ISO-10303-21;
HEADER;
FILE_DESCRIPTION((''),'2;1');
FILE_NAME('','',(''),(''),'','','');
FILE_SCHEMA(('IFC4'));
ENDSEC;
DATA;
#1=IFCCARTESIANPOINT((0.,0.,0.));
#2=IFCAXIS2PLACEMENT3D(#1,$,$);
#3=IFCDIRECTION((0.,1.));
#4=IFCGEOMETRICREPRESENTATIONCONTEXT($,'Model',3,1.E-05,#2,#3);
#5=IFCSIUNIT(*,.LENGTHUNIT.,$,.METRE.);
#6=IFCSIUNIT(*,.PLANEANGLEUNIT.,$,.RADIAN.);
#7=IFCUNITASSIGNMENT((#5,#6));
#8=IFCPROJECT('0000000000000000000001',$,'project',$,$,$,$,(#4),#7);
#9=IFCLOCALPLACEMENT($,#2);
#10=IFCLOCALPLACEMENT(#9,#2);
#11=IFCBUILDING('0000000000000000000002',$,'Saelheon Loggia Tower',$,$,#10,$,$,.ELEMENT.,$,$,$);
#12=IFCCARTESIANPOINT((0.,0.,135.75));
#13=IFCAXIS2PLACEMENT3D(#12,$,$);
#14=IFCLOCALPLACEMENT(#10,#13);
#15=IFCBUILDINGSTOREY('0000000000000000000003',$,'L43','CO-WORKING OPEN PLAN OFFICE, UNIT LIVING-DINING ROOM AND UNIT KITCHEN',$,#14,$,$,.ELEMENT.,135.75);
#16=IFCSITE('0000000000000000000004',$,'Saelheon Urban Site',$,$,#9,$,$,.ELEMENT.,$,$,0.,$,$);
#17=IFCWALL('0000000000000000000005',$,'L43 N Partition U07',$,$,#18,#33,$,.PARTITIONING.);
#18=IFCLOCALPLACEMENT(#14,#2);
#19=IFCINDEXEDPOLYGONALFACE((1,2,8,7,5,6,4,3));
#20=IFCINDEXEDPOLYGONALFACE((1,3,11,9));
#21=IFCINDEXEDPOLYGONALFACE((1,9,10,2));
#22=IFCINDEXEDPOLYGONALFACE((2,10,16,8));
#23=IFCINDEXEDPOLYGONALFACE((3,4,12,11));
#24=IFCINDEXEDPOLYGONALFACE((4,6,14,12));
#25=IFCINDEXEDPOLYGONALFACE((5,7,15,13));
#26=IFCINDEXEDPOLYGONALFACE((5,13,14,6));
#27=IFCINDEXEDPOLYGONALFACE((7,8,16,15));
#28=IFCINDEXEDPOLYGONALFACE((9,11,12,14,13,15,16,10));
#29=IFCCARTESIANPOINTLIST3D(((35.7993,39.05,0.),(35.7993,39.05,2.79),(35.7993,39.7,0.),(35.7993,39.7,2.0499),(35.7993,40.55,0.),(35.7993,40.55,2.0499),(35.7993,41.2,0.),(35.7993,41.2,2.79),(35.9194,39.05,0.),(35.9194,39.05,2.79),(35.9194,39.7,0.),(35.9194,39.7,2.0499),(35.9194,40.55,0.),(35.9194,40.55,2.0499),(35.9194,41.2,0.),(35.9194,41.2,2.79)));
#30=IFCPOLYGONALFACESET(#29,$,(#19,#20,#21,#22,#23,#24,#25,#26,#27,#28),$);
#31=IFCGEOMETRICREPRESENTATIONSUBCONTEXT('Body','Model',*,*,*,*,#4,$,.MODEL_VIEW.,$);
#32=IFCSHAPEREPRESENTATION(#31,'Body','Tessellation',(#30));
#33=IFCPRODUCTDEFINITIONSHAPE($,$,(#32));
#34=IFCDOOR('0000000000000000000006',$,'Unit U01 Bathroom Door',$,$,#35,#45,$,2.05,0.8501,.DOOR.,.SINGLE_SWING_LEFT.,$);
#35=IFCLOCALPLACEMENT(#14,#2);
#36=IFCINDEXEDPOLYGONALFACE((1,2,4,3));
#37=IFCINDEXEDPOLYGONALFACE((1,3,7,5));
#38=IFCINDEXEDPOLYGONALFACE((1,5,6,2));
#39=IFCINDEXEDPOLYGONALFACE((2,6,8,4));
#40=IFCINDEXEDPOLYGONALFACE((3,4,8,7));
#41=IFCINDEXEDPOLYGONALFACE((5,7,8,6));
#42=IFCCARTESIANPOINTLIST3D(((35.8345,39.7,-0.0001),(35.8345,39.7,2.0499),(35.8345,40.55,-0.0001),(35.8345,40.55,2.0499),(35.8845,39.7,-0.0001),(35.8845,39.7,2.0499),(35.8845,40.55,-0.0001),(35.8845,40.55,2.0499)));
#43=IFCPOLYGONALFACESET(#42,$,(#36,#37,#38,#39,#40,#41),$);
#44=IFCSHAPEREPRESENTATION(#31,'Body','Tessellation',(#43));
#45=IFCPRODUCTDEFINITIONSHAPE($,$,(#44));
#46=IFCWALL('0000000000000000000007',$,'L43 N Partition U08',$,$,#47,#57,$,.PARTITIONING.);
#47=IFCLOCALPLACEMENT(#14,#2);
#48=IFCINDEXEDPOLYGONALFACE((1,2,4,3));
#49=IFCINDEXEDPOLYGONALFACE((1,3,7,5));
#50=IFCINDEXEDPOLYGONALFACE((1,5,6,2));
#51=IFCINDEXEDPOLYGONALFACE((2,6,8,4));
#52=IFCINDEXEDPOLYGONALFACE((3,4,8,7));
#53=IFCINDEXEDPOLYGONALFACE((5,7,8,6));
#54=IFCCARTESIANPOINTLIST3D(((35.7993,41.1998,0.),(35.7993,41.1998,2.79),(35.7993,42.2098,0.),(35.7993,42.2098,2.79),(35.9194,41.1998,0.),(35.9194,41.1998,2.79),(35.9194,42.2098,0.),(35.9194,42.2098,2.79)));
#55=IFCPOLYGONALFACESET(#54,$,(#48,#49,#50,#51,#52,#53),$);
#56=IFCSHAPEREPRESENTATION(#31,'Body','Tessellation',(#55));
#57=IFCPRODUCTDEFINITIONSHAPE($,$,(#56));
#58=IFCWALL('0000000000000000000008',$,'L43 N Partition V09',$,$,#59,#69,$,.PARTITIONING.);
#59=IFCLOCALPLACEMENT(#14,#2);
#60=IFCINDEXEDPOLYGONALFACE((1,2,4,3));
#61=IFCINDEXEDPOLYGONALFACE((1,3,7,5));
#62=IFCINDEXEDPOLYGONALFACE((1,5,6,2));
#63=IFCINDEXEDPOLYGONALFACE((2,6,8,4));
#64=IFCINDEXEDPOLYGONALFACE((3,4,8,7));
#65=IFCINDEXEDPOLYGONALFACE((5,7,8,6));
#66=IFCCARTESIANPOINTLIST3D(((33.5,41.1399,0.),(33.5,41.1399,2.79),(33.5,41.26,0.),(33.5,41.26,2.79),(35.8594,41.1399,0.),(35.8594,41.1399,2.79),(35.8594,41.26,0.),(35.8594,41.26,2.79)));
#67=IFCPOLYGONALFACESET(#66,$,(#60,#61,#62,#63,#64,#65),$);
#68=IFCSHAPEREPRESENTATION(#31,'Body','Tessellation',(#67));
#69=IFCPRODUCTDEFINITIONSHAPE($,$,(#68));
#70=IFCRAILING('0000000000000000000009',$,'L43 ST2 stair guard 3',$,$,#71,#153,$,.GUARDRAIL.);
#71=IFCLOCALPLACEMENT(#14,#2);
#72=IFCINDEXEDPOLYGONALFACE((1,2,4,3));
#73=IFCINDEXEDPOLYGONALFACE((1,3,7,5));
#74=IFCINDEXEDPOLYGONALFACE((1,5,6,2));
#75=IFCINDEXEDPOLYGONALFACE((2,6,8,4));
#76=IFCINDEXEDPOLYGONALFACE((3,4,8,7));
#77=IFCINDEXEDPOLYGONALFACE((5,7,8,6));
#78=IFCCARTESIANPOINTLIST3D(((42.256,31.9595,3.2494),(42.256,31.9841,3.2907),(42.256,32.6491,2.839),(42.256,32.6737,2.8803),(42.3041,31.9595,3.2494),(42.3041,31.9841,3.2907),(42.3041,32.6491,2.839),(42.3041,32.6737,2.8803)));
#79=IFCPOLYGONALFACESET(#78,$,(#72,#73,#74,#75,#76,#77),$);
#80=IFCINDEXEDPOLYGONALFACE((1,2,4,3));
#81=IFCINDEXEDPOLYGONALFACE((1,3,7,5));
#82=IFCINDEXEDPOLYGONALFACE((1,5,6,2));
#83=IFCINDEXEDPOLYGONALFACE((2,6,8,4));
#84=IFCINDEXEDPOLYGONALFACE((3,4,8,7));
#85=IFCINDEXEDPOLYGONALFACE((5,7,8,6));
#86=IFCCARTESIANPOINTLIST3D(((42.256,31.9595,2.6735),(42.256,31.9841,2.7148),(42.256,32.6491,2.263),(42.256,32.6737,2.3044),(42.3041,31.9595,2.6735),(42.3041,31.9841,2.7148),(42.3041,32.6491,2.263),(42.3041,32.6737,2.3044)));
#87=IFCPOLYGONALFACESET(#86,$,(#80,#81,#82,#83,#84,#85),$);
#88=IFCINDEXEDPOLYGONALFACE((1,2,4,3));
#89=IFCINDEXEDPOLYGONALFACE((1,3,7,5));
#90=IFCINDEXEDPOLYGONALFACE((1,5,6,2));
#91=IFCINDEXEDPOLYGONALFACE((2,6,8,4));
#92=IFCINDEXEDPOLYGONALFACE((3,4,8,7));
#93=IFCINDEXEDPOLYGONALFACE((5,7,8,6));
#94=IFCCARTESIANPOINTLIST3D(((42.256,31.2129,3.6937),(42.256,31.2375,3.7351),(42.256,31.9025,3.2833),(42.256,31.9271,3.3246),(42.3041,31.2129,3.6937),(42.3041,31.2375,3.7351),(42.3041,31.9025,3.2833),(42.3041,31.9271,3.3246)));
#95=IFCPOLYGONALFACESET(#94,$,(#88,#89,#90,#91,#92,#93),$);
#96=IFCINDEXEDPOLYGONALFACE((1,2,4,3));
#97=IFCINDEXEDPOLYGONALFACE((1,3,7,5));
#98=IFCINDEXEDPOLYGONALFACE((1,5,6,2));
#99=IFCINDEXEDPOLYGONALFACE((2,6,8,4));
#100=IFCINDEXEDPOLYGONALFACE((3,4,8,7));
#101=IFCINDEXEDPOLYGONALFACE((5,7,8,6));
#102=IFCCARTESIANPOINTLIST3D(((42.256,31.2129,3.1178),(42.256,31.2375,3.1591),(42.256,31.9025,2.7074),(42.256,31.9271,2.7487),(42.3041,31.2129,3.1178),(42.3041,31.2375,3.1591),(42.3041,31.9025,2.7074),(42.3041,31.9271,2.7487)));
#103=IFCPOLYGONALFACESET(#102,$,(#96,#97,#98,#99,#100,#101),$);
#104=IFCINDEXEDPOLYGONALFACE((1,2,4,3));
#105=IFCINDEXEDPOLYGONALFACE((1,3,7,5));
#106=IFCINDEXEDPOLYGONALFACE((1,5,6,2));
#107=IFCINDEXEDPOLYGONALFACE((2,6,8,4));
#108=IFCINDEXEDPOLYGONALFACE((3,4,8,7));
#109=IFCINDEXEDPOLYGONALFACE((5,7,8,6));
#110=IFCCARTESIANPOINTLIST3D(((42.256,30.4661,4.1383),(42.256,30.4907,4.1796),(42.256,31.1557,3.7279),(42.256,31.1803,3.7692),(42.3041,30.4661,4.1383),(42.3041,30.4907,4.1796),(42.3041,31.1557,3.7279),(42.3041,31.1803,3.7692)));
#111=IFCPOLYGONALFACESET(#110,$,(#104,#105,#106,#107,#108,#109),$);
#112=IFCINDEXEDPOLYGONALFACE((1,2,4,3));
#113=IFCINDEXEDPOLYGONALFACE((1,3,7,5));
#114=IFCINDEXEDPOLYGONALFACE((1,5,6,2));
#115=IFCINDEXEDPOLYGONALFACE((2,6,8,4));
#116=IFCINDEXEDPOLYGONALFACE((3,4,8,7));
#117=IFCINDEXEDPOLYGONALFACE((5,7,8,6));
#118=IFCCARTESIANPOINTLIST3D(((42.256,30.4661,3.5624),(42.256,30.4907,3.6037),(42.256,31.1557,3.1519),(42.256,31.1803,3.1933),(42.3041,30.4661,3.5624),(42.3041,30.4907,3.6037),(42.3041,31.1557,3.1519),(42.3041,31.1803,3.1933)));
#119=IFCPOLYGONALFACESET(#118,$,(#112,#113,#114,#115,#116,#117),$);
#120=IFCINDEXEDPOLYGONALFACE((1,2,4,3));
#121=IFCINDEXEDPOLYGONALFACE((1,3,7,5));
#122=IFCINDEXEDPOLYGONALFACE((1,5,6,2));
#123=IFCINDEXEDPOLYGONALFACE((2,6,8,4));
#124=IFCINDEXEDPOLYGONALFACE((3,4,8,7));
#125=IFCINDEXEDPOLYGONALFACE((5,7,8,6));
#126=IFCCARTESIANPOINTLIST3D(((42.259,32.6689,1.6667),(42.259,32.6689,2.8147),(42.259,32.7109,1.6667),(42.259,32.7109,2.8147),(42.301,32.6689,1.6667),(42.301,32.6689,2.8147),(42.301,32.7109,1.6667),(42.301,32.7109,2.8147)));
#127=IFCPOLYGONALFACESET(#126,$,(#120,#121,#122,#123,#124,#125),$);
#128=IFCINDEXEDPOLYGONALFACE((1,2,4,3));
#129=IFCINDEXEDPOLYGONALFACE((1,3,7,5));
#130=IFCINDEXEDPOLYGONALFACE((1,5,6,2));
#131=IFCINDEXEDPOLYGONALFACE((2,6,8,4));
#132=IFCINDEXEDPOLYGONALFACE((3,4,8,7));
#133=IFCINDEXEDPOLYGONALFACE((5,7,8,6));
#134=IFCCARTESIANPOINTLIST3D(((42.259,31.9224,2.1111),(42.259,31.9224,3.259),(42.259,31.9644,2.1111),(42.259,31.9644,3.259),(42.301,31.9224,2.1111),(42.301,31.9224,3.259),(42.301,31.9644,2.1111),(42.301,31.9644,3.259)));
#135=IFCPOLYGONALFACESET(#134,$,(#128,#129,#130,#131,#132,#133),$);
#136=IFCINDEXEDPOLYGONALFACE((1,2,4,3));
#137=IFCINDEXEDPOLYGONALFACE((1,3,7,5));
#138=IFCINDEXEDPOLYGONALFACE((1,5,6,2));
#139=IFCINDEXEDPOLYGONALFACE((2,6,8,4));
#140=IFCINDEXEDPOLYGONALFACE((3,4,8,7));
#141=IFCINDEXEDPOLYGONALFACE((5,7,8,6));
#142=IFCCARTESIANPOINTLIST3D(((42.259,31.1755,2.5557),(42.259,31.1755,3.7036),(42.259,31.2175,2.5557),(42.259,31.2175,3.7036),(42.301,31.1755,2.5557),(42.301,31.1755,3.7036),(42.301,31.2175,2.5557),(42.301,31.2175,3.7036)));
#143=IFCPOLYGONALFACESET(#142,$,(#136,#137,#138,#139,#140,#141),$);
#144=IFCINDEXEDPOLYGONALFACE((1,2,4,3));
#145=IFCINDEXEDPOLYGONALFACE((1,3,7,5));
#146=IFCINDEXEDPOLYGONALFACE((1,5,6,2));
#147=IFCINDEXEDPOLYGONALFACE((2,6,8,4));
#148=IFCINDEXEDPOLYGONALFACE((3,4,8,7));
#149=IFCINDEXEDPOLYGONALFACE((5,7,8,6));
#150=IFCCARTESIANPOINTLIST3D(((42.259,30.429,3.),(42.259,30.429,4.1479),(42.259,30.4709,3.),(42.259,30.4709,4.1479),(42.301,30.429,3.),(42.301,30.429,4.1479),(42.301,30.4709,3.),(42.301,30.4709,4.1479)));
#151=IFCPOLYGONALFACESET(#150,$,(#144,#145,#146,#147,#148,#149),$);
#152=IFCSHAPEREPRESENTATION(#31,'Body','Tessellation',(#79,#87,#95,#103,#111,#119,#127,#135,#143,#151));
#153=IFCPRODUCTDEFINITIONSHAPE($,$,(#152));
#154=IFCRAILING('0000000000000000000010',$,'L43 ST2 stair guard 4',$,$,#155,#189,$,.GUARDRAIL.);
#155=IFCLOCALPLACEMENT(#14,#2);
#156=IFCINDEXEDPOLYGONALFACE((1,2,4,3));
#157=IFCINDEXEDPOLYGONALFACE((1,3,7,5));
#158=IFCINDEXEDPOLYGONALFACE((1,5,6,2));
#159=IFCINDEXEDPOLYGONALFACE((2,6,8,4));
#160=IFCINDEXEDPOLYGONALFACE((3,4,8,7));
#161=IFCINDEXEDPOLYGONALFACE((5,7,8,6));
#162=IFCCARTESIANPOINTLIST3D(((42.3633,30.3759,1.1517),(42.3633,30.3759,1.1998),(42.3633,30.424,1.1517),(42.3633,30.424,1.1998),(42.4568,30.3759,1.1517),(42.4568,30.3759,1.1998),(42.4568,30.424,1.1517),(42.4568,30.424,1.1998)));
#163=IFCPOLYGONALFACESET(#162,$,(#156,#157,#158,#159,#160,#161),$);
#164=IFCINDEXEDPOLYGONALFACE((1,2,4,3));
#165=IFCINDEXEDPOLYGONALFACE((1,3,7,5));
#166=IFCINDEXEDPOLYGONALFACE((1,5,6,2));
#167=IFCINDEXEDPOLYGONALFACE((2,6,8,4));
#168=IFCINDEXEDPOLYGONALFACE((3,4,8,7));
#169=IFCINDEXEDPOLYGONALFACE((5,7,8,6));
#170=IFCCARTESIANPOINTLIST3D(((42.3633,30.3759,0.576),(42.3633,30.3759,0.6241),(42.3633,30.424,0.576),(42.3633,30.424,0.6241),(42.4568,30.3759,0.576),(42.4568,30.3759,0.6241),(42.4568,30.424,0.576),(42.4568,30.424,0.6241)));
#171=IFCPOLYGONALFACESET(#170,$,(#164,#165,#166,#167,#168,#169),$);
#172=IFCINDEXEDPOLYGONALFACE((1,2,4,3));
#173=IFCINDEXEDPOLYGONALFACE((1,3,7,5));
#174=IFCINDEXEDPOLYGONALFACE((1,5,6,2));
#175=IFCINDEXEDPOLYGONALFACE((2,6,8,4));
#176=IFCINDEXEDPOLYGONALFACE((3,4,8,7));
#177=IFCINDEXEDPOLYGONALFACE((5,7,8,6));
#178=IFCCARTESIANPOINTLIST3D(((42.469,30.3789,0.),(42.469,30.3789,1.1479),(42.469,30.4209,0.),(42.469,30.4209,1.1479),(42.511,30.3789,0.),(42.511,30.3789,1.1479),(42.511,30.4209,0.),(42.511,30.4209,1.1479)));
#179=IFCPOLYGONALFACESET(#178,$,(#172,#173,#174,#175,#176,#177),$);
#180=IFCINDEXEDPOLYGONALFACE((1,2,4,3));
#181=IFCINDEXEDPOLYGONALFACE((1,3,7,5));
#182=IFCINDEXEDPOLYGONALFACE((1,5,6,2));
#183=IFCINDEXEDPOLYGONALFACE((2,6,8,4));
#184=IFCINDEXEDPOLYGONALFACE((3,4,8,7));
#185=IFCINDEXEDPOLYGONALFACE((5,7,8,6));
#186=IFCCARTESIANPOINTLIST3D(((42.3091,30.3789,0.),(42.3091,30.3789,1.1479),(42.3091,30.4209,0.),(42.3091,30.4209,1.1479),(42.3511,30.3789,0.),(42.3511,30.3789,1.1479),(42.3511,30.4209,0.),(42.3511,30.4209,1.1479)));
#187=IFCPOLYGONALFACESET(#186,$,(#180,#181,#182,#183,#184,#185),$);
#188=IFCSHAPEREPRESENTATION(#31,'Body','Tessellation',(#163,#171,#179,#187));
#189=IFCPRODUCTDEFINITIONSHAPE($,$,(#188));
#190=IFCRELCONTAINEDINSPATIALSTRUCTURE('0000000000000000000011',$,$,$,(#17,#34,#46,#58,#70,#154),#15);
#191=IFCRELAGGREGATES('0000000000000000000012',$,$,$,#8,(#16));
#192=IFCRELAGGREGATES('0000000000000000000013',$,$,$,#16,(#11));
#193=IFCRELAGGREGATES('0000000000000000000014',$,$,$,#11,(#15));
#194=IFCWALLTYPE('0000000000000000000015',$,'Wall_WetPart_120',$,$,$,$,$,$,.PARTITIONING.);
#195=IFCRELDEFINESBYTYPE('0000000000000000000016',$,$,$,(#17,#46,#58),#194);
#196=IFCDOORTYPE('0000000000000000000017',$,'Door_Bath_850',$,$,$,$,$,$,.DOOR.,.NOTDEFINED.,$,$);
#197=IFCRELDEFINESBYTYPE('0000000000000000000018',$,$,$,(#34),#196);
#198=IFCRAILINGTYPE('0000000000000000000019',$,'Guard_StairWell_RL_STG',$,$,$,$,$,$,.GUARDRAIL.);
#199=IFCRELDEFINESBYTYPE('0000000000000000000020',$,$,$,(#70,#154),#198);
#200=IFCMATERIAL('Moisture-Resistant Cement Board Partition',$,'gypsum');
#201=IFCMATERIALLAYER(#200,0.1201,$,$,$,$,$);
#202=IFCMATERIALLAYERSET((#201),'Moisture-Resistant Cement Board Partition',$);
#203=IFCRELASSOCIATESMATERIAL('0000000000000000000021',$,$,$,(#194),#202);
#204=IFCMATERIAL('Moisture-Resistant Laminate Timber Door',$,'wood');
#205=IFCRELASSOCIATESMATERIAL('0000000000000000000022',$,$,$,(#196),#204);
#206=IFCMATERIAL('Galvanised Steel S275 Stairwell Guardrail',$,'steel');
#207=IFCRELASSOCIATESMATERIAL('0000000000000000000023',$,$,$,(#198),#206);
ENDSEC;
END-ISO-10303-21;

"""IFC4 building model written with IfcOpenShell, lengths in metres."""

from ifc_helpers import new_model, si_unit, direction, frame, frame_2d, origin, origin_2d, place, context, subcontext, project, spatial, rectangle, extrude, source, transform, mapped, material, layer, layer_set, type_object, element, fill, save


model = new_model("IFC4")

# Units and contexts
model_context = context("Model", 3, precision=1e-05, world=origin(), true_north=direction((0.0, 1.0)))
body_context = subcontext(model_context, "Body", "Model", "MODEL_VIEW")
ifc_project = project(units=[si_unit("LENGTHUNIT", "METRE"), si_unit("PLANEANGLEUNIT", "RADIAN")], contexts=[model_context])

# Site, building, storey
site_placement = place(None, origin())
site = spatial("IfcSite", under=ifc_project, at=site_placement, Name="Saelheon Urban Site", CompositionType="ELEMENT", RefElevation=0.0)
building_placement = place(site_placement, origin())
building = spatial("IfcBuilding", under=site, at=building_placement, Name="Saelheon Loggia Tower", CompositionType="ELEMENT")
storey_placement = place(building_placement, frame((0.0, 0.0, 135.75)))
storey = spatial("IfcBuildingStorey", under=building, at=storey_placement, Name="L43", Description="CO-WORKING OPEN PLAN OFFICE, UNIT LIVING-DINING ROOM AND UNIT KITCHEN", CompositionType="ELEMENT", Elevation=135.75)

# Wall, opening, door
ifc_material_1 = material(Name="Moisture-Resistant Cement Board Partition", Category="gypsum")
ifc_layer_1 = layer(ifc_material_1, 0.1201)
ifc_layer_set_1 = layer_set([ifc_layer_1], Name="Moisture-Resistant Cement Board Partition")
wall_type_1 = type_object("IfcWallType", Name="Wall_WetPart_120", PredefinedType="PARTITIONING", material=ifc_layer_set_1)
wall_1_placement = place(storey_placement, frame((35.8594, 39.05, 0.0), z_axis=(0.0, 0.0, 1.0), x_axis=(0.0, 1.0, 0.0)))
wall_1 = element("IfcWall", 1, at=wall_1_placement, inside=storey, type_object=wall_type_1, Name="L43 N Partition U07", PredefinedType="PARTITIONING", context=body_context, shape_type="SweptSolid", body=[
    extrude(rectangle(XDim=2.1499, YDim=0.1201, at=frame_2d((1.075, 0.0))), origin(), (0.0, 0.0, 1.0), 2.79),
])
opening_1_placement = place(wall_1_placement, frame((0.6499, 0.0, 0.0)))
opening_1 = element("IfcOpeningElement", 2, at=opening_1_placement, cuts=wall_1, PredefinedType="OPENING", context=body_context, shape_type="SweptSolid", body=[
    extrude(rectangle(XDim=0.8501, YDim=2.05, at=frame_2d((0.425, 1.0249))), frame((0.0, 0.072, 0.0), z_axis=(0.0, -1.0, 0.0), x_axis=(1.0, 0.0, 0.0)), (0.0, 0.0, 1.0), 0.144),
])
ifc_material_2 = material(Name="Moisture-Resistant Laminate Timber Door", Category="wood")
door_type_1 = type_object("IfcDoorType", Name="Door_Bath_850", OperationType="NOTDEFINED", PredefinedType="DOOR", material=ifc_material_2)
shared_shape_1 = source(origin(), body_context, "Body", "SweptSolid", [
    extrude(rectangle(XDim=0.8501, YDim=2.05, at=frame_2d((0.425, 1.0249))), frame((0.0, 0.0249, 0.0), z_axis=(0.0, -1.0, 0.0), x_axis=(1.0, 0.0, 0.0)), (0.0, 0.0, 1.0), 0.05),
])
door_1_placement = place(opening_1_placement, origin())
door_1 = element("IfcDoor", 3, at=door_1_placement, inside=storey, type_object=door_type_1, Name="Unit U01 Bathroom Door", OperationType="SINGLE_SWING_LEFT", OverallHeight=2.05, OverallWidth=0.8501, PredefinedType="DOOR", context=body_context, shape_type="MappedRepresentation", body=[
    mapped(shared_shape_1, transform((0.0, 0.0, 0.0), scale=1.0)),
])
fill(opening_1, door_1)

# Walls
wall_2_placement = place(storey_placement, frame((35.8594, 41.2, 0.0), z_axis=(0.0, 0.0, 1.0), x_axis=(0.0, 1.0, 0.0)))
element("IfcWall", 4, at=wall_2_placement, inside=storey, type_object=wall_type_1, Name="L43 N Partition U08", PredefinedType="PARTITIONING", context=body_context, shape_type="SweptSolid", body=[
    extrude(rectangle(XDim=1.01, YDim=0.1201, at=frame_2d((0.5049, 0.0))), origin(), (0.0, 0.0, 1.0), 2.79),
])
wall_3_placement = place(storey_placement, frame((33.5, 41.2, 0.0), z_axis=(0.0, 0.0, 1.0), x_axis=(1.0, 0.0, 0.0)))
element("IfcWall", 5, at=wall_3_placement, inside=storey, type_object=wall_type_1, Name="L43 N Partition V09", PredefinedType="PARTITIONING", context=body_context, shape_type="SweptSolid", body=[
    extrude(rectangle(XDim=2.3594, YDim=0.1201, at=frame_2d((1.1797, 0.0))), origin(), (0.0, 0.0, 1.0), 2.79),
])

# Railings
ifc_material_3 = material(Name="Galvanised Steel S275 Stairwell Guardrail", Category="steel")
railing_type_1 = type_object("IfcRailingType", Name="Guard_StairWell_RL_STG", PredefinedType="GUARDRAIL", material=ifc_material_3)
railing_1_placement = place(storey_placement, frame((42.28, 32.6899, 1.6667)))
element("IfcRailing", 6, at=railing_1_placement, inside=storey, type_object=railing_type_1, Name="L43 ST2 stair guard 3", PredefinedType="GUARDRAIL", context=body_context, shape_type="SweptSolid", body=[
    extrude(rectangle(XDim=0.0481, YDim=0.0481, at=origin_2d()), frame((0.0, -0.0286, 1.1929), z_axis=(0.0, -0.859306, 0.511462), x_axis=(1.0, 0.0, 0.0)), (0.0, 0.0, 1.0), 0.8025),
    extrude(rectangle(XDim=0.0481, YDim=0.0481, at=origin_2d()), frame((0.0, -0.0286, 0.6169), z_axis=(0.0, -0.859306, 0.511462), x_axis=(1.0, 0.0, 0.0)), (0.0, 0.0, 1.0), 0.8025),
    extrude(rectangle(XDim=0.0481, YDim=0.0481, at=origin_2d()), frame((0.0, -0.7751, 1.6372), z_axis=(0.0, -0.859306, 0.511462), x_axis=(1.0, 0.0, 0.0)), (0.0, 0.0, 1.0), 0.8025),
    extrude(rectangle(XDim=0.0481, YDim=0.0481, at=origin_2d()), frame((0.0, -0.7751, 1.0613), z_axis=(0.0, -0.859306, 0.511462), x_axis=(1.0, 0.0, 0.0)), (0.0, 0.0, 1.0), 0.8025),
    extrude(rectangle(XDim=0.0481, YDim=0.0481, at=origin_2d()), frame((0.0, -1.522, 2.0818), z_axis=(0.0, -0.859306, 0.511462), x_axis=(1.0, 0.0, 0.0)), (0.0, 0.0, 1.0), 0.8025),
    extrude(rectangle(XDim=0.0481, YDim=0.0481, at=origin_2d()), frame((0.0, -1.522, 1.5059), z_axis=(0.0, -0.859306, 0.511462), x_axis=(1.0, 0.0, 0.0)), (0.0, 0.0, 1.0), 0.8025),
    extrude(rectangle(XDim=0.042, YDim=0.042, at=origin_2d()), origin(), (0.0, 0.0, 1.0), 1.1479),
    extrude(rectangle(XDim=0.042, YDim=0.042, at=origin_2d()), frame((0.0, -0.7466, 0.4443)), (0.0, 0.0, 1.0), 1.1479),
    extrude(rectangle(XDim=0.042, YDim=0.042, at=origin_2d()), frame((0.0, -1.4934, 0.8889)), (0.0, 0.0, 1.0), 1.1479),
    extrude(rectangle(XDim=0.042, YDim=0.042, at=origin_2d()), frame((0.0, -2.24, 1.3333)), (0.0, 0.0, 1.0), 1.1479),
])
railing_2_placement = place(storey_placement, frame((42.49, 30.3999, 0.0)))
element("IfcRailing", 7, at=railing_2_placement, inside=storey, type_object=railing_type_1, Name="L43 ST2 stair guard 4", PredefinedType="GUARDRAIL", context=body_context, shape_type="SweptSolid", body=[
    extrude(rectangle(XDim=0.0481, YDim=0.0481, at=origin_2d()), frame((-0.0332, 0.0, 1.1758), z_axis=(-1.0, 0.0, 0.0), x_axis=(0.0, -1.0, 0.0)), (0.0, 0.0, 1.0), 0.0935),
    extrude(rectangle(XDim=0.0481, YDim=0.0481, at=origin_2d()), frame((-0.0332, 0.0, 0.6001), z_axis=(-1.0, 0.0, 0.0), x_axis=(0.0, -1.0, 0.0)), (0.0, 0.0, 1.0), 0.0935),
    extrude(rectangle(XDim=0.042, YDim=0.042, at=origin_2d()), origin(), (0.0, 0.0, 1.0), 1.1479),
    extrude(rectangle(XDim=0.042, YDim=0.042, at=origin_2d()), frame((-0.1599, 0.0, 0.0)), (0.0, 0.0, 1.0), 1.1479),
])

save(model, "model.ifc")
